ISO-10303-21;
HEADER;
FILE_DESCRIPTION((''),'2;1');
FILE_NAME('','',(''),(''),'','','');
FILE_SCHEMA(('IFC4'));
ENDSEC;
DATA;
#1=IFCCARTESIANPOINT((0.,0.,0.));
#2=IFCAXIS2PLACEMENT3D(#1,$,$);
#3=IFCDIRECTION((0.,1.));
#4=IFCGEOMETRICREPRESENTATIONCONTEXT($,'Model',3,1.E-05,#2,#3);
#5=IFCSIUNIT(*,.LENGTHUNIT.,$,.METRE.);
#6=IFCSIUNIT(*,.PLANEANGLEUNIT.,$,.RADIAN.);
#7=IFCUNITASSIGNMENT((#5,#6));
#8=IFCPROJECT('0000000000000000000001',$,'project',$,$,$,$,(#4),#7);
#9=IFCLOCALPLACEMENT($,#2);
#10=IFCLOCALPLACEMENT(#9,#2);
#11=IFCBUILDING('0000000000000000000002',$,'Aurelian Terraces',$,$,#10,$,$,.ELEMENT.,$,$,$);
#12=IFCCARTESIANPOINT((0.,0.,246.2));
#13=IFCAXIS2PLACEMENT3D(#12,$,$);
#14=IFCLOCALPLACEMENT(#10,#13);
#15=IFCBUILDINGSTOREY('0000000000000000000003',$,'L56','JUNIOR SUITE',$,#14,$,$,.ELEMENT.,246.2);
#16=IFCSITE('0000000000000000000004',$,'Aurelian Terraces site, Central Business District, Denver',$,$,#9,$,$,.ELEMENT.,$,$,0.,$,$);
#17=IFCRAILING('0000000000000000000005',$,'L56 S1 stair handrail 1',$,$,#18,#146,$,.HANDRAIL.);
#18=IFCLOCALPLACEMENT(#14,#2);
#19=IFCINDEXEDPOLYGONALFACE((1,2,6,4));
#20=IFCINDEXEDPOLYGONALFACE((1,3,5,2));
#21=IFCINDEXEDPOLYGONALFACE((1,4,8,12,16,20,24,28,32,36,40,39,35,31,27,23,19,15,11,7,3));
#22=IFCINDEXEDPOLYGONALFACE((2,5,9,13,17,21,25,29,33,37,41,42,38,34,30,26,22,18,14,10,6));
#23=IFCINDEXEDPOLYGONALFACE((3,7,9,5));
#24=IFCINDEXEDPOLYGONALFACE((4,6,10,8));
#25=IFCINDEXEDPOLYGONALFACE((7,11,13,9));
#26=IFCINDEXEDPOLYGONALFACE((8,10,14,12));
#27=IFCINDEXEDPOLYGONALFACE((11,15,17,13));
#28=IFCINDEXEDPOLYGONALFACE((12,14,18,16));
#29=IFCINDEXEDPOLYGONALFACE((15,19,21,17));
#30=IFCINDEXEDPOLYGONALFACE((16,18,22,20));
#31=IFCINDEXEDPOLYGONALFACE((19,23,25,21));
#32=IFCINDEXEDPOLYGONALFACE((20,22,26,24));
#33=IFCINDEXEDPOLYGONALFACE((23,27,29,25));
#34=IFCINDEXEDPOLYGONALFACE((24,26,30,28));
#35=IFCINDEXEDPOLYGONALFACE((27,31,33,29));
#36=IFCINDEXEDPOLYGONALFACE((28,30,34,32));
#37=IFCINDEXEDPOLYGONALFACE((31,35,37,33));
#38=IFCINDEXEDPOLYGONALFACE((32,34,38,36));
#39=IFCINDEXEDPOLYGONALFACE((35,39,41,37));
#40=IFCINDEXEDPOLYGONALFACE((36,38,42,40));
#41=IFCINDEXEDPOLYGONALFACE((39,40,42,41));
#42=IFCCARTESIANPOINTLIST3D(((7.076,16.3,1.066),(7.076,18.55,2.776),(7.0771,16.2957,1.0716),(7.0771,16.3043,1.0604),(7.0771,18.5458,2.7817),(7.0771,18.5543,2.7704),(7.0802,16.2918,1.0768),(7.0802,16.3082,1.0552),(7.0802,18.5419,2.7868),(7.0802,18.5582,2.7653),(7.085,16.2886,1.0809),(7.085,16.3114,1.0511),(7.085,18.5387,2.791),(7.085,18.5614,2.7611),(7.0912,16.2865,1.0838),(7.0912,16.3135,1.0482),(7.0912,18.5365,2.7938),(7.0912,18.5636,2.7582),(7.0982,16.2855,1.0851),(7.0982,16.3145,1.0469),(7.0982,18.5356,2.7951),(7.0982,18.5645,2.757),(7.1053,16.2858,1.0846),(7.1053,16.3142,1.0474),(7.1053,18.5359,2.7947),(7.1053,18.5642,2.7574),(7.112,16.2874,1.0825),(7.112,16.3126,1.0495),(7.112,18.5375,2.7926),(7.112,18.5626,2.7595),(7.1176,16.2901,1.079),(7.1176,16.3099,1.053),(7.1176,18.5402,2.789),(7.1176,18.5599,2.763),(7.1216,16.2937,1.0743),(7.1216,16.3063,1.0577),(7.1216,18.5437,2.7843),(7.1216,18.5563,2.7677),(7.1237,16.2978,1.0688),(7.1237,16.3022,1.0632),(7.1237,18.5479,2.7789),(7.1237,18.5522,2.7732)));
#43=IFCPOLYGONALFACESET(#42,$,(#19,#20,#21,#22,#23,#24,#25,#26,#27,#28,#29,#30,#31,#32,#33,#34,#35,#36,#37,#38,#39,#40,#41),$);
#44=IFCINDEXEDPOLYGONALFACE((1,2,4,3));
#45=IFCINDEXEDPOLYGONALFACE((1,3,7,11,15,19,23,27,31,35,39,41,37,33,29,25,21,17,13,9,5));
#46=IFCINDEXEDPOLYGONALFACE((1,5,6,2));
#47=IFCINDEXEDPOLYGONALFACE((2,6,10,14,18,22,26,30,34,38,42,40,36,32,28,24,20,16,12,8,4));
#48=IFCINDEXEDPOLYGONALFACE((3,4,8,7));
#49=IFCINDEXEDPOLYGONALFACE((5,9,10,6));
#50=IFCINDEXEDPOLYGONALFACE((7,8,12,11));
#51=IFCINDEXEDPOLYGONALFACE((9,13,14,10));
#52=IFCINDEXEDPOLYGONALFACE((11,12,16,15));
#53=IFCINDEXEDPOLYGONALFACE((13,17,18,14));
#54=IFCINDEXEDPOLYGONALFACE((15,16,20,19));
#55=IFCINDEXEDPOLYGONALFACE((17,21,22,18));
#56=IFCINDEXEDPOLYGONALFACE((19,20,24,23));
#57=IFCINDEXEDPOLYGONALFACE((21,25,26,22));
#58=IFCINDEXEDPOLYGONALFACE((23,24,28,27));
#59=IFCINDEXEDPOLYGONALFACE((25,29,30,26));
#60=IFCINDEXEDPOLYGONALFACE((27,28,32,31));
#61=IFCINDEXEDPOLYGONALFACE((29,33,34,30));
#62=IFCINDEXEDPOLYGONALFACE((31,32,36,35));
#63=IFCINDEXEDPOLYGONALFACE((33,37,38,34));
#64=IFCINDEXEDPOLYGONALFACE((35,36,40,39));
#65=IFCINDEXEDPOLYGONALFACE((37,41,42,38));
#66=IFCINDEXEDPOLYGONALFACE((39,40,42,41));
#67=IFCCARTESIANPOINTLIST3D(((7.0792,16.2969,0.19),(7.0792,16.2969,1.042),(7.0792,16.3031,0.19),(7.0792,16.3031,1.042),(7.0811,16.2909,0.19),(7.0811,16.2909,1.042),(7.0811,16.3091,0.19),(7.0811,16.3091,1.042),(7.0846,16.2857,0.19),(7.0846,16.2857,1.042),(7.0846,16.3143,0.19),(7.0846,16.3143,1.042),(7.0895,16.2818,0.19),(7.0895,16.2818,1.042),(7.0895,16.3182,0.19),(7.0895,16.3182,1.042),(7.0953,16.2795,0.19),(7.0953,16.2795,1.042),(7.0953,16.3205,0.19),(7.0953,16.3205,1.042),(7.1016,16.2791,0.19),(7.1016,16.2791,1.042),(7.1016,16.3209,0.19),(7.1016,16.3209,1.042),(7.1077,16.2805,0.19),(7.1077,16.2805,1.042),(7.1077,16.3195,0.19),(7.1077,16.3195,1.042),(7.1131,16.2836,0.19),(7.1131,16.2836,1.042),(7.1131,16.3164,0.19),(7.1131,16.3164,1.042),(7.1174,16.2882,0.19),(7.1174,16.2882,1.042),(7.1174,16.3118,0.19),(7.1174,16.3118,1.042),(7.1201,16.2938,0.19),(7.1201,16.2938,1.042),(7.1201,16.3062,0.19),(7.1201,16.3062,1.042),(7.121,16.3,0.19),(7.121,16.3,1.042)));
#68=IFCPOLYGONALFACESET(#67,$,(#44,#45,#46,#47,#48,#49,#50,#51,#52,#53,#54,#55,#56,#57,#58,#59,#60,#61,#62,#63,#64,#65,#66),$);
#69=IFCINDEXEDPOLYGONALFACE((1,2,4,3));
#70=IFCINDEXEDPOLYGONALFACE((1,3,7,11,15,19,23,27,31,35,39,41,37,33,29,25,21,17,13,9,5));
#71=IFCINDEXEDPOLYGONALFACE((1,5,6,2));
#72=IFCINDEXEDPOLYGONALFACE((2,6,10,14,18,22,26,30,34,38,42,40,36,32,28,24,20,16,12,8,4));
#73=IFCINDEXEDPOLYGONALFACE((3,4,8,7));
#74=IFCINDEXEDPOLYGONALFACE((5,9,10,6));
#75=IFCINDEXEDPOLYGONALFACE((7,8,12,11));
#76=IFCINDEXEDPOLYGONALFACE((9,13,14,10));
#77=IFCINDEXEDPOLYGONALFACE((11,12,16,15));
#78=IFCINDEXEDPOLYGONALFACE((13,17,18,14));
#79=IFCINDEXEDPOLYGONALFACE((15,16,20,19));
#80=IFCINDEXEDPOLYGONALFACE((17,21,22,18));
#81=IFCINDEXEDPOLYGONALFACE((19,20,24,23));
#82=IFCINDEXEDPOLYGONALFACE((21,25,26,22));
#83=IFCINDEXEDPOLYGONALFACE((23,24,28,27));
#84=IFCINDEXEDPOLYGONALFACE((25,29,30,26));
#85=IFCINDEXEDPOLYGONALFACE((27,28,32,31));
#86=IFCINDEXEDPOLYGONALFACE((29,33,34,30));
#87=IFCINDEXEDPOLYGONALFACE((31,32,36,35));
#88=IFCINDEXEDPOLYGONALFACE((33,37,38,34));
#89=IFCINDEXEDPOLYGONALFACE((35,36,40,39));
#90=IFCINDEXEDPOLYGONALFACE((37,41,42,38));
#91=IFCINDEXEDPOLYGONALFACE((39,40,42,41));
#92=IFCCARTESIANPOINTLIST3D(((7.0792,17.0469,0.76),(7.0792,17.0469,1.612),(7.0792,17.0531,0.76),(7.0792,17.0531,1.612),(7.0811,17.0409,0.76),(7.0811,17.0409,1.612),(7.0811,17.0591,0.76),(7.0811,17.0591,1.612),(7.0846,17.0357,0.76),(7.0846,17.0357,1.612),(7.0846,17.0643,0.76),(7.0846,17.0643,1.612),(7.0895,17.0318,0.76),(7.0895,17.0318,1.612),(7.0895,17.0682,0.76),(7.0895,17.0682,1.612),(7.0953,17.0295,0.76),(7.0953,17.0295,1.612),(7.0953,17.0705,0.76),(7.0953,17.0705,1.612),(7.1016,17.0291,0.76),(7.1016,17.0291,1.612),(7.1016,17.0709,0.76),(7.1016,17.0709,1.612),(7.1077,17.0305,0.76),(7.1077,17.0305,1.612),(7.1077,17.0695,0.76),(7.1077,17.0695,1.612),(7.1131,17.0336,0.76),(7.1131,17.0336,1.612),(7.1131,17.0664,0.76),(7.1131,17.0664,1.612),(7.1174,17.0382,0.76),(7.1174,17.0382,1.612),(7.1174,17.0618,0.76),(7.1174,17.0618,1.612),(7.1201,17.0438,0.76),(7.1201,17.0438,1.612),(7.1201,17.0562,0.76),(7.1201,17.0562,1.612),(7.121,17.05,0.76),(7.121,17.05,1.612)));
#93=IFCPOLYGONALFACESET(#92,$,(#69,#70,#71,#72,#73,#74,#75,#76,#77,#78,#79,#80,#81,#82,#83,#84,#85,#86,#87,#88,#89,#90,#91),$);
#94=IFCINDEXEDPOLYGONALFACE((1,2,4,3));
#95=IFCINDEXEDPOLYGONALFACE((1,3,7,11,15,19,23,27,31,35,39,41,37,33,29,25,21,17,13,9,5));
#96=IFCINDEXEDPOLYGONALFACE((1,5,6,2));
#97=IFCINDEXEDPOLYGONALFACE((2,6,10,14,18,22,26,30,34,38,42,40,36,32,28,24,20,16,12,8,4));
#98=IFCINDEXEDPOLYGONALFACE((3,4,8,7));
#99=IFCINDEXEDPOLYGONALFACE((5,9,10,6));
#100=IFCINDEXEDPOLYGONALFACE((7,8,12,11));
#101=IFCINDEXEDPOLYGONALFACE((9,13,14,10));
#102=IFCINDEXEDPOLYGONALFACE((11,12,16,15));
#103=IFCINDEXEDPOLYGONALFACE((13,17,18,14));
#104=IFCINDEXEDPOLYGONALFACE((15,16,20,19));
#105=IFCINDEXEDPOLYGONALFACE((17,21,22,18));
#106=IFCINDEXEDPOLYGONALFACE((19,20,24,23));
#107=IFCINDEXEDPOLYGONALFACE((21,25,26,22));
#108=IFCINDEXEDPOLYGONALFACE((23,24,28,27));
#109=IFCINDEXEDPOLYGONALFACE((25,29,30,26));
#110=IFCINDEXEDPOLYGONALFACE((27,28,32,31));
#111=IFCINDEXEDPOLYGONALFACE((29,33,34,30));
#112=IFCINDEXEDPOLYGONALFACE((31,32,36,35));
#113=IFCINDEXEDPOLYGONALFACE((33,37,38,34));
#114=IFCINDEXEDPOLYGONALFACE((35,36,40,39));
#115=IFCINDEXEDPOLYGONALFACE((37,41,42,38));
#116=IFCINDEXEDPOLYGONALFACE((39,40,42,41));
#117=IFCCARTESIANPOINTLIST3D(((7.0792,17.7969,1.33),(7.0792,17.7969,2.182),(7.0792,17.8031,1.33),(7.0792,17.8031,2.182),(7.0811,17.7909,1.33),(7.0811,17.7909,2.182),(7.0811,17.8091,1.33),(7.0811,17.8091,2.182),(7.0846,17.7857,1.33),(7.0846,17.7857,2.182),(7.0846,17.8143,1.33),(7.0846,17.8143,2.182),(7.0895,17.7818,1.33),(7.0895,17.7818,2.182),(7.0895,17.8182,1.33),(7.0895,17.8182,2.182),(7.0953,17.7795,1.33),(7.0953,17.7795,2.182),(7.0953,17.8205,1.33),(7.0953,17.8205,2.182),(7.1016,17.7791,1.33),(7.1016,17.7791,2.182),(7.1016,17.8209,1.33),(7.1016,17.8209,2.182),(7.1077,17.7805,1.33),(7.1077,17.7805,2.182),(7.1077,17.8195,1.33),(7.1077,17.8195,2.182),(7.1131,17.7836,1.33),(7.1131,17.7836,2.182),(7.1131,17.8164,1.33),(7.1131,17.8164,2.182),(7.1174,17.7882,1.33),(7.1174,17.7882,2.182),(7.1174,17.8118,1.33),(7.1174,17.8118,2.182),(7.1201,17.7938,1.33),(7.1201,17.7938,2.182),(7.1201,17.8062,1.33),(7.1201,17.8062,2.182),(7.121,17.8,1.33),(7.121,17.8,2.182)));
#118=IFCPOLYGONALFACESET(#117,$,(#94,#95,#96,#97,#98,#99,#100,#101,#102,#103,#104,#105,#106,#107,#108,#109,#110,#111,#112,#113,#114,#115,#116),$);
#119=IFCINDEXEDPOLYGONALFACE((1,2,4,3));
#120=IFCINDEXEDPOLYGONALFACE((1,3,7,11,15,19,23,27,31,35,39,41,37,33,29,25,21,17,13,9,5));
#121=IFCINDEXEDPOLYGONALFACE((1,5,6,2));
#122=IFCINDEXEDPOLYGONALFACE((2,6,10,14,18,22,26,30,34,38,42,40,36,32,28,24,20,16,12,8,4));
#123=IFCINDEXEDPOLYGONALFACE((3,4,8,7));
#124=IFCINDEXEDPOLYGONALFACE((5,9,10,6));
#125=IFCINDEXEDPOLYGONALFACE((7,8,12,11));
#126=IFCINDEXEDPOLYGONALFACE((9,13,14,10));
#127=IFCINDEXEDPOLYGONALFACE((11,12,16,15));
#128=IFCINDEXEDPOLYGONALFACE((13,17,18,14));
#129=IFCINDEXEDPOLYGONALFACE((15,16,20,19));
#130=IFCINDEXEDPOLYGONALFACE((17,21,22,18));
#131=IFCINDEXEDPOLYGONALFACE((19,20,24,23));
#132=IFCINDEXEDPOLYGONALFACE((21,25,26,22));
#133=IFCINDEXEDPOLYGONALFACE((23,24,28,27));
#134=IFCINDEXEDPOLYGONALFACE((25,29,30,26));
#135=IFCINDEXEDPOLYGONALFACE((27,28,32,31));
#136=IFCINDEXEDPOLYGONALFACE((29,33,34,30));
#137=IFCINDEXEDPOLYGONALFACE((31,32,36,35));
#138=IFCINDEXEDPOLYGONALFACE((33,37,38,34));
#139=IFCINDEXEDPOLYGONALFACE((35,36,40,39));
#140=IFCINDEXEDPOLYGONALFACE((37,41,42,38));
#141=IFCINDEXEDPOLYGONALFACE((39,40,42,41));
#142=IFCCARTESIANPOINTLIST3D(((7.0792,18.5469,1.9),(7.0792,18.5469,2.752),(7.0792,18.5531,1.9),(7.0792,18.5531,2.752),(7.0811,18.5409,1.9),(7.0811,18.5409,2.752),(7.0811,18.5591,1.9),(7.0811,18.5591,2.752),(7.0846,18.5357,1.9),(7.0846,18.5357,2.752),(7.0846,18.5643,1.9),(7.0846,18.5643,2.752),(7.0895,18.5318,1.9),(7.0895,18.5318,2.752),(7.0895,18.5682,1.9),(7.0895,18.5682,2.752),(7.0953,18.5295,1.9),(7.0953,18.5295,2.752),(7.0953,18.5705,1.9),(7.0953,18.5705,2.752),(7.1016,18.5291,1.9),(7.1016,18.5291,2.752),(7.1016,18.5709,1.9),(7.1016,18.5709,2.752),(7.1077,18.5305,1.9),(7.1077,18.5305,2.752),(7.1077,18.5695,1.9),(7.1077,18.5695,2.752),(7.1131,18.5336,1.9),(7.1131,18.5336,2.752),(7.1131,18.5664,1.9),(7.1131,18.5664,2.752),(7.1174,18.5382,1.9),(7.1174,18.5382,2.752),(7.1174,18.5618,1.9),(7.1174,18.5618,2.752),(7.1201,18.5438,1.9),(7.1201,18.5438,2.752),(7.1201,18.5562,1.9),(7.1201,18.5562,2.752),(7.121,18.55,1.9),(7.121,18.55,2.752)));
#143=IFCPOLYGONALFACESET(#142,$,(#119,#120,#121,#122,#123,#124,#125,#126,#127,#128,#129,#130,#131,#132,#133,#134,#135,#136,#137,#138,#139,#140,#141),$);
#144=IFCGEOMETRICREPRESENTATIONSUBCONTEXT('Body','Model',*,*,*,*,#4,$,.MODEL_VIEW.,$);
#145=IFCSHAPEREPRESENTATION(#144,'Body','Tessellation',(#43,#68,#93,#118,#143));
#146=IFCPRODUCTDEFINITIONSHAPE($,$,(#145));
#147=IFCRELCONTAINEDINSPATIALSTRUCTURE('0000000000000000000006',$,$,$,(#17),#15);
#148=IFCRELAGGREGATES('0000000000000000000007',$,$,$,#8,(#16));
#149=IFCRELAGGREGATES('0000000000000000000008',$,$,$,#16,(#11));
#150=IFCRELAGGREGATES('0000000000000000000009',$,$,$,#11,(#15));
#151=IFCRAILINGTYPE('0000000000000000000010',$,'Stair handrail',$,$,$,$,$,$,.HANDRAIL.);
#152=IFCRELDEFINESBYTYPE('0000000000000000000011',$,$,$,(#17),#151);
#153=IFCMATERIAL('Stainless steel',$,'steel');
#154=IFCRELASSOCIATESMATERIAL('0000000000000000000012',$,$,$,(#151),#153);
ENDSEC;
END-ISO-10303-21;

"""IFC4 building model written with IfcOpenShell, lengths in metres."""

from ifc_helpers import new_model, si_unit, direction, frame, origin, origin_2d, place, context, subcontext, project, spatial, circle, extrude, source, transform, mapped, material, type_object, element, save


model = new_model("IFC4")

# Units and contexts
model_context = context("Model", 3, precision=1e-05, world=origin(), true_north=direction((0.0, 1.0)))
body_context = subcontext(model_context, "Body", "Model", "MODEL_VIEW")
ifc_project = project(units=[si_unit("LENGTHUNIT", "METRE"), si_unit("PLANEANGLEUNIT", "RADIAN")], contexts=[model_context])

# Site, building, storey
site_placement = place(None, origin())
site = spatial("IfcSite", under=ifc_project, at=site_placement, Name="Aurelian Terraces site, Central Business District, Denver", CompositionType="ELEMENT", RefElevation=0.0)
building_placement = place(site_placement, origin())
building = spatial("IfcBuilding", under=site, at=building_placement, Name="Aurelian Terraces", CompositionType="ELEMENT")
storey_placement = place(building_placement, frame((0.0, 0.0, 246.2)))
storey = spatial("IfcBuildingStorey", under=building, at=storey_placement, Name="L56", Description="JUNIOR SUITE", CompositionType="ELEMENT", Elevation=246.2)

# Railing
ifc_material_1 = material(Name="Stainless steel", Category="steel")
railing_type_1 = type_object("IfcRailingType", Name="Stair handrail", PredefinedType="HANDRAIL", material=ifc_material_1)
shared_shape_1 = source(origin(), body_context, "Body", "SweptSolid", [
    extrude(circle(Radius=0.024, at=origin_2d()), frame((0.0, 0.0, 0.876), z_axis=(0.0, 0.796162, 0.605083), x_axis=(-1.0, 0.0, 0.0)), (0.0, 0.0, 1.0), 2.8261),
    extrude(circle(Radius=0.021, at=origin_2d()), origin(), (0.0, 0.0, 1.0), 0.852),
    extrude(circle(Radius=0.021, at=origin_2d()), frame((0.0, 0.75, 0.57)), (0.0, 0.0, 1.0), 0.852),
    extrude(circle(Radius=0.021, at=origin_2d()), frame((0.0, 1.5, 1.14)), (0.0, 0.0, 1.0), 0.852),
    extrude(circle(Radius=0.021, at=origin_2d()), frame((0.0, 2.25, 1.71)), (0.0, 0.0, 1.0), 0.852),
])
railing_1_placement = place(storey_placement, frame((7.1, 16.3, 0.19)))
element("IfcRailing", 1, at=railing_1_placement, inside=storey, type_object=railing_type_1, Name="L56 S1 stair handrail 1", PredefinedType="HANDRAIL", context=body_context, shape_type="MappedRepresentation", body=[
    mapped(shared_shape_1, transform((0.0, 0.0, 0.0), scale=1.0)),
])

save(model, "model.ifc")
